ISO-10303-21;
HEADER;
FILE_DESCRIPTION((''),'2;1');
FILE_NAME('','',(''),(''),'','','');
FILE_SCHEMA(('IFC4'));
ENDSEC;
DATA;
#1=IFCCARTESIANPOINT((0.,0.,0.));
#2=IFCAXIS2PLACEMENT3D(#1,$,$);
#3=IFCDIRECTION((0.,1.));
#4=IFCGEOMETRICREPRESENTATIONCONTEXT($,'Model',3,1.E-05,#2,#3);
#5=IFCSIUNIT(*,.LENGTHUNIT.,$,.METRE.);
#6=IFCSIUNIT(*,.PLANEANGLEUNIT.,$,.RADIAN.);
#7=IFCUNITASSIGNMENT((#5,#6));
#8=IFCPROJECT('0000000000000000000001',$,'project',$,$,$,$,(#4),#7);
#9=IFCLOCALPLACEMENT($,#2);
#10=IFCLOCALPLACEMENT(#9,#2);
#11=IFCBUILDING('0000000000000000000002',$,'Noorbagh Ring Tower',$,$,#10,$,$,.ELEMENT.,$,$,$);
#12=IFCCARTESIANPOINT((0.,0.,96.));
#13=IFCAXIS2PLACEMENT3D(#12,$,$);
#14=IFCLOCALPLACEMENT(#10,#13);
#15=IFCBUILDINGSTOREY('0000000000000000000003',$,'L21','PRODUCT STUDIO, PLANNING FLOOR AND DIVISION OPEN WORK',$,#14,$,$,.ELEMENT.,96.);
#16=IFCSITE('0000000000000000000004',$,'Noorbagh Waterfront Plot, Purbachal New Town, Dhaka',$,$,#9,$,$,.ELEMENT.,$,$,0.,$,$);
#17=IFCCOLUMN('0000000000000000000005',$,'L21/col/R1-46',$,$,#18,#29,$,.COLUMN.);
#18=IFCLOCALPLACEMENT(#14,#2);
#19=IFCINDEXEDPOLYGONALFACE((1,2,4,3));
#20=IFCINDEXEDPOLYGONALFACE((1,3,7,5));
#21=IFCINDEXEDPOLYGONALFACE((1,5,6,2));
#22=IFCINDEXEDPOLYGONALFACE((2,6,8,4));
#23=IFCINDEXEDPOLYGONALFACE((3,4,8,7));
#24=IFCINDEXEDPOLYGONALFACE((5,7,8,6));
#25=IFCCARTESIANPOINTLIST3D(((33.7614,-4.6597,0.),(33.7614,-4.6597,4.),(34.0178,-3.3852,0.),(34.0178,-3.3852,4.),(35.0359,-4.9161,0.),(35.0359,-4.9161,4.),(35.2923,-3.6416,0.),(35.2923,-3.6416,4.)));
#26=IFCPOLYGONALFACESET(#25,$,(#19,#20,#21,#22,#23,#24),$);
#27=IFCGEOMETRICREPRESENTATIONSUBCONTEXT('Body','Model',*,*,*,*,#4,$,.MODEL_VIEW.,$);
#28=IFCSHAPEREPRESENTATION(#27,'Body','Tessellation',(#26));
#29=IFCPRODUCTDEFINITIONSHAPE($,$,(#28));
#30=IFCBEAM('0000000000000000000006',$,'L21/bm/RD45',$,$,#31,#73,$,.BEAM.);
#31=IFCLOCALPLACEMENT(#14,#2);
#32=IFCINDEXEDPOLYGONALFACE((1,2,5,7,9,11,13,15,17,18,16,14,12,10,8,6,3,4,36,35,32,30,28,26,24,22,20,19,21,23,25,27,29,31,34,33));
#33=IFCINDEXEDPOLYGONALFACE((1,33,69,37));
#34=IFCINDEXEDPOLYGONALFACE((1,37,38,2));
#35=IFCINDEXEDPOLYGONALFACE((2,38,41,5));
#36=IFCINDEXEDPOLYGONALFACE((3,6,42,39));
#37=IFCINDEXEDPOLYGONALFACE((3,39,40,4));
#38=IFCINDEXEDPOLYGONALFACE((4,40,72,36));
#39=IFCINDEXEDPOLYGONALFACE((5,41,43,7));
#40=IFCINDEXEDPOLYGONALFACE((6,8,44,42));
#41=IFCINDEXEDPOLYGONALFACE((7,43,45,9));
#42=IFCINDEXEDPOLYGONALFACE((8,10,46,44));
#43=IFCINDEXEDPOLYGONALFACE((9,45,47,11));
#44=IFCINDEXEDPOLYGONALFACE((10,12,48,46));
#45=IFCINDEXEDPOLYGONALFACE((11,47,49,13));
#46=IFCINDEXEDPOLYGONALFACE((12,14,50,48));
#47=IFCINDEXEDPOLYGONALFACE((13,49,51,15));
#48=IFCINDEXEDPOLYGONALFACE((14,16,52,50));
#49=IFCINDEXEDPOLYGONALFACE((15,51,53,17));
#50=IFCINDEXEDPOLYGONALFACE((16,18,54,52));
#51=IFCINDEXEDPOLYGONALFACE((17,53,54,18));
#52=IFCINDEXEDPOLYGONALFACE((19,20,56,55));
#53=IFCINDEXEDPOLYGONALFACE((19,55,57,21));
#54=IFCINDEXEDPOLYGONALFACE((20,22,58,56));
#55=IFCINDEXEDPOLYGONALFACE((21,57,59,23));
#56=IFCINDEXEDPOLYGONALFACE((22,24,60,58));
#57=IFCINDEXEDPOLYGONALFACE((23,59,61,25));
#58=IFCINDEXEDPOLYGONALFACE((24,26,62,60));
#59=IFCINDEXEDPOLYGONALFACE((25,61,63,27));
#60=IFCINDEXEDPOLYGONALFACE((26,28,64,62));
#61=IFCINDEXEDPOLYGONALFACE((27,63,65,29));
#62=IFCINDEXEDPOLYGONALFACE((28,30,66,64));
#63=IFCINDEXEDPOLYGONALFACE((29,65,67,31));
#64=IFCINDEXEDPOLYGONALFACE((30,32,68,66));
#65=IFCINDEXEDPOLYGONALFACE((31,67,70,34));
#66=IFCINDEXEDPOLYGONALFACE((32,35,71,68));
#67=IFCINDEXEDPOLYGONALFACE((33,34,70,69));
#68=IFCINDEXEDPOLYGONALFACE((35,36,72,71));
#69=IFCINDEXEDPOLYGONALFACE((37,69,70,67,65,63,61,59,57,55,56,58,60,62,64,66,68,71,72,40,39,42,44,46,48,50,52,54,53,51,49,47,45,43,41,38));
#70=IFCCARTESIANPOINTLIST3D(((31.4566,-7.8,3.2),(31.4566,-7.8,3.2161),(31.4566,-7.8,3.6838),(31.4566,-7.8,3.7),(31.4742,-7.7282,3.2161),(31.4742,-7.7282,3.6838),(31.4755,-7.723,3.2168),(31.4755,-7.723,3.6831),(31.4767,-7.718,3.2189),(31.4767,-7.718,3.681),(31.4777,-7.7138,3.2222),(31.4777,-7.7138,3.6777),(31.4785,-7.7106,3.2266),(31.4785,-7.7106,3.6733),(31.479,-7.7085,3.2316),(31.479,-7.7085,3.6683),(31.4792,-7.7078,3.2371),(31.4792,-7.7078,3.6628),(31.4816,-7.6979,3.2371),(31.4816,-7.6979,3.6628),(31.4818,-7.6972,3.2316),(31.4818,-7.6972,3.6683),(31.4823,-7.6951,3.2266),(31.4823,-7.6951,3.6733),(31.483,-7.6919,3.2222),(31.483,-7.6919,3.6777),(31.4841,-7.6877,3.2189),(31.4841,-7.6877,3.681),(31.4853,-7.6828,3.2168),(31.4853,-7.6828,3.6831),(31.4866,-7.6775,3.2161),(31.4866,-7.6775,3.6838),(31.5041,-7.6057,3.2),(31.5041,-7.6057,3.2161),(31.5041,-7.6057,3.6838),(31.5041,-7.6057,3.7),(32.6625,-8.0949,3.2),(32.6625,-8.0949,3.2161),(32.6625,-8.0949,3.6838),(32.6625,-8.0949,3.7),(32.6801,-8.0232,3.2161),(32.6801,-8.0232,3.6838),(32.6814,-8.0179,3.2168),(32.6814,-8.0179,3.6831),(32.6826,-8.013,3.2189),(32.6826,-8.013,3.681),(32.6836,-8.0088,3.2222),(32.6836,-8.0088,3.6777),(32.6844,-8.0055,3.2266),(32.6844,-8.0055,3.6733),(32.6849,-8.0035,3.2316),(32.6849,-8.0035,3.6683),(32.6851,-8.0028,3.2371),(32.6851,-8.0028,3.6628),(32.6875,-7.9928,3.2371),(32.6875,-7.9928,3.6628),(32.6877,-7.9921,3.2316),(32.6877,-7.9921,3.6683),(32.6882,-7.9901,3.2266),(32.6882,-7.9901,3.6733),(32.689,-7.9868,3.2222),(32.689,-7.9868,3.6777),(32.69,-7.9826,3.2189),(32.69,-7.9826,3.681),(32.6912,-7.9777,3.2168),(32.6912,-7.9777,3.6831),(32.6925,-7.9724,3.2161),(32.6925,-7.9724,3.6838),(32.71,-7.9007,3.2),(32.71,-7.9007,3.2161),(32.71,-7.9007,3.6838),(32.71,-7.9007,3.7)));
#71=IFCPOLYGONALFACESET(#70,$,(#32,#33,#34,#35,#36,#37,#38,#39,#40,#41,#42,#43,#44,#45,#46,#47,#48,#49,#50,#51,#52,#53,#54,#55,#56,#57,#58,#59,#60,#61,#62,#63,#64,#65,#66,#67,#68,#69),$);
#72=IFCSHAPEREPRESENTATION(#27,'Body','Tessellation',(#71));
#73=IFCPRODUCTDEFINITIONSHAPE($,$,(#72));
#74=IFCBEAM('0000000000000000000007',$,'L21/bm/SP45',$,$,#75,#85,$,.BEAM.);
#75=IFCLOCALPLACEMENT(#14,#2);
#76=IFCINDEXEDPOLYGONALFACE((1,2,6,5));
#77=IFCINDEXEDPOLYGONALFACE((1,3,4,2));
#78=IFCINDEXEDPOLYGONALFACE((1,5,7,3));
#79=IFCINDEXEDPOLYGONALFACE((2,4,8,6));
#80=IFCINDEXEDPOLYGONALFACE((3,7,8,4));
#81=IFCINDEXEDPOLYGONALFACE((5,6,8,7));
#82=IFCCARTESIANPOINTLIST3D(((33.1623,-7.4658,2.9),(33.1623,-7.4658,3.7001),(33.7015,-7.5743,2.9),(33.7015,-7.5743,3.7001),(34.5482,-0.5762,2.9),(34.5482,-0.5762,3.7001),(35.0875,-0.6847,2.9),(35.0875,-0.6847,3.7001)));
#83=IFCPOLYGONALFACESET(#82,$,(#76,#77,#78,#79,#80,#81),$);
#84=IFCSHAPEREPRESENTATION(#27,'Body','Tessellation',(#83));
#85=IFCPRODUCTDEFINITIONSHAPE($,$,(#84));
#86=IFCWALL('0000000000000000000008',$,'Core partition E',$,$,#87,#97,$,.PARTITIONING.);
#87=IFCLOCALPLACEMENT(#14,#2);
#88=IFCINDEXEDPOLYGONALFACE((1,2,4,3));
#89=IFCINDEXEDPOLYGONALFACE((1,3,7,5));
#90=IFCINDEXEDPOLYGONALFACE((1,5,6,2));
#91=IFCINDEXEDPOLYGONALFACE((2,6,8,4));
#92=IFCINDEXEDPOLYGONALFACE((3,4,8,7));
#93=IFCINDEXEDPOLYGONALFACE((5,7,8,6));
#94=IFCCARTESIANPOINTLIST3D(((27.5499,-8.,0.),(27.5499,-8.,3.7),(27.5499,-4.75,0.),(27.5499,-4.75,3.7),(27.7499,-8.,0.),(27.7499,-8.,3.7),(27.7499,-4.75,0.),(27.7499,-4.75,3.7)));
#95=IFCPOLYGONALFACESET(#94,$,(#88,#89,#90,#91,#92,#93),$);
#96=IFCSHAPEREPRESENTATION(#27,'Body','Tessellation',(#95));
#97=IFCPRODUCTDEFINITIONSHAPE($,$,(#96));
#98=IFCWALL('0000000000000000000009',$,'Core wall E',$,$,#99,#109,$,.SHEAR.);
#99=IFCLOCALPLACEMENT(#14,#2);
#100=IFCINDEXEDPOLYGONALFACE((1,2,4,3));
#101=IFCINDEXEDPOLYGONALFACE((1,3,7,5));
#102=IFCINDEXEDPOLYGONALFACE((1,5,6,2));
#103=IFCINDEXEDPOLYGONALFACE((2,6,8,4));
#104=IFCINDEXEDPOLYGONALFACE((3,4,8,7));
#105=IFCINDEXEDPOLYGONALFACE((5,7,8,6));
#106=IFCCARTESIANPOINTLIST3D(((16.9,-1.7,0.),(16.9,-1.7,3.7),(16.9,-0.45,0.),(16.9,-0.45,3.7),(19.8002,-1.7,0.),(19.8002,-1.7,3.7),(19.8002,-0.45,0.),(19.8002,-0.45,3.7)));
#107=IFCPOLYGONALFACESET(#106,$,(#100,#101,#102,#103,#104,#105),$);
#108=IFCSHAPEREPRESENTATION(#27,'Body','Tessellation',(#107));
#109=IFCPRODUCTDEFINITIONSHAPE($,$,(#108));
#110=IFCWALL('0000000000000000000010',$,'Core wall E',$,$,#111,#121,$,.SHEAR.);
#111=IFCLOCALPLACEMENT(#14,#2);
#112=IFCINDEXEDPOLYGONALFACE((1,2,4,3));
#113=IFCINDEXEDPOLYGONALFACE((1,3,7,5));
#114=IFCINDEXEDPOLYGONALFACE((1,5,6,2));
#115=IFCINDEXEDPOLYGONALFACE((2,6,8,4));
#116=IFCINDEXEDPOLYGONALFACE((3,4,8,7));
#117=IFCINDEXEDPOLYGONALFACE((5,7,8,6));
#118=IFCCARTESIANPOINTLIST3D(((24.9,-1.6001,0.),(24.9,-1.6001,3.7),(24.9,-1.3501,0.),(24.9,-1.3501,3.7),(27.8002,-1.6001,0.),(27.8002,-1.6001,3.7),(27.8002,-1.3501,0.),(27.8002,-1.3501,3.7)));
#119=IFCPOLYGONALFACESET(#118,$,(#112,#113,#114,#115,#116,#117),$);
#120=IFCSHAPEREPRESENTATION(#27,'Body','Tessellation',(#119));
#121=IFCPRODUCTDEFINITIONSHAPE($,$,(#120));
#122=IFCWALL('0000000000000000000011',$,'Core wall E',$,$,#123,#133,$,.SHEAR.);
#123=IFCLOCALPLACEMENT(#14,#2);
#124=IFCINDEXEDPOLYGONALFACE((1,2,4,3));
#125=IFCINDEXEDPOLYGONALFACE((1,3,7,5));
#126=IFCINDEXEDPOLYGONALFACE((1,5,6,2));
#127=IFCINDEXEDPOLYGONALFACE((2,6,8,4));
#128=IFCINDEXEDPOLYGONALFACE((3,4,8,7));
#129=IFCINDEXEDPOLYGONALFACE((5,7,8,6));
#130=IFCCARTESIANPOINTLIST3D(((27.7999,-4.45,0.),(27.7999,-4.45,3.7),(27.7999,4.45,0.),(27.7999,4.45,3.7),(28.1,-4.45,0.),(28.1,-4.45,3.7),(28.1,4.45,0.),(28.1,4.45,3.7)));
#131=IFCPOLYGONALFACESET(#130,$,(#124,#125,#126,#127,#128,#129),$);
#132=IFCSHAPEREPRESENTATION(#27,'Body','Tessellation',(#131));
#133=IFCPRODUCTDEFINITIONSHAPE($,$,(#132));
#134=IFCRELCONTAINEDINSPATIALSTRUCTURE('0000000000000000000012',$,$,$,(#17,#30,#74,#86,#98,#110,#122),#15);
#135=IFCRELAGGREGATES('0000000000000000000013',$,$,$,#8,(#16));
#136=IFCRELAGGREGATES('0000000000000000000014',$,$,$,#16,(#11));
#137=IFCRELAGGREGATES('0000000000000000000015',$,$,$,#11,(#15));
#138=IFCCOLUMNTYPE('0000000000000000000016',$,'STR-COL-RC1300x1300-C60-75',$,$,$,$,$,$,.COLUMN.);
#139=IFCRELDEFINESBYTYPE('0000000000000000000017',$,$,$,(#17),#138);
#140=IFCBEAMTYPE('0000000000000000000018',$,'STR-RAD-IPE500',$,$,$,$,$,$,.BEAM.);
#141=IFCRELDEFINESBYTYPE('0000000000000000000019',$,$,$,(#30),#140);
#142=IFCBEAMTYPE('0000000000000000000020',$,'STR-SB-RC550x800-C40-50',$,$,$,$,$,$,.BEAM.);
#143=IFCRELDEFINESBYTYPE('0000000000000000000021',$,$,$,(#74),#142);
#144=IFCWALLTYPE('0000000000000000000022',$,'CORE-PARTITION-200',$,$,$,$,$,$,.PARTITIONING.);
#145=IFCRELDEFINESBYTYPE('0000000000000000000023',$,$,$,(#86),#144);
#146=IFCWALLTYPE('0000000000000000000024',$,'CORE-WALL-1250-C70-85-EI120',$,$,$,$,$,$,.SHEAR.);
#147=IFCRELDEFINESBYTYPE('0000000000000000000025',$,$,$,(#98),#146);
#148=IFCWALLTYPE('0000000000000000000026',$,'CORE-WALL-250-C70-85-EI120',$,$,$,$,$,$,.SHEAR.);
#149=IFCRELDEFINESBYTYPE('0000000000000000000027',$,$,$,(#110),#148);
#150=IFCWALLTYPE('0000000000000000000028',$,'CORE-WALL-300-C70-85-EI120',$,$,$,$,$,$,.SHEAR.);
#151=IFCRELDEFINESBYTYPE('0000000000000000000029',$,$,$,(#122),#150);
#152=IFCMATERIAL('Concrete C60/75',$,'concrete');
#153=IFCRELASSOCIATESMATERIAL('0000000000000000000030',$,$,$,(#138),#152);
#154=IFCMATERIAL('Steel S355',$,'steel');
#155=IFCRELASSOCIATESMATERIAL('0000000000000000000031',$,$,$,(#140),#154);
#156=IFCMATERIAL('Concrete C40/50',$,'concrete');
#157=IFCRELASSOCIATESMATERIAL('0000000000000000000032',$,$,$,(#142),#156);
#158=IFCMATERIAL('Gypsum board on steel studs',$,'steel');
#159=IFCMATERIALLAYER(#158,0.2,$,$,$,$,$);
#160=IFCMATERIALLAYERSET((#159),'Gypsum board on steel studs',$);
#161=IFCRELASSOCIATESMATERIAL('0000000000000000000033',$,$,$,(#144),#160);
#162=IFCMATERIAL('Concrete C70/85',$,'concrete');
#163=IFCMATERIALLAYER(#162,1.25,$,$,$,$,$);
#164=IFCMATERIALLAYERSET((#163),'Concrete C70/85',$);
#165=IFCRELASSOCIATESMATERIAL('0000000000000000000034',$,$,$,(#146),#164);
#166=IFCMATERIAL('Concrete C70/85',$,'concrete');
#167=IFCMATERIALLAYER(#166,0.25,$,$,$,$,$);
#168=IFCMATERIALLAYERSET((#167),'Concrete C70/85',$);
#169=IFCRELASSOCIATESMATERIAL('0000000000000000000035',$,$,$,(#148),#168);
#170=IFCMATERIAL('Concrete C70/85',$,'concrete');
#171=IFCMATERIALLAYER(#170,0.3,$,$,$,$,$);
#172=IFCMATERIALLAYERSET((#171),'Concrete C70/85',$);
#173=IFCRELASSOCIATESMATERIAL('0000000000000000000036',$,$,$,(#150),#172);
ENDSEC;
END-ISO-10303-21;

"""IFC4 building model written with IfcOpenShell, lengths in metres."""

from ifc_helpers import new_model, si_unit, direction, frame, frame_2d, origin, origin_2d, place, context, subcontext, project, spatial, rectangle, i_section, extrude, material, layer, layer_set, material_profile, profile_set, type_object, element, save


model = new_model("IFC4")

# Units and contexts
model_context = context("Model", 3, precision=1e-05, world=origin(), true_north=direction((0.0, 1.0)))
body_context = subcontext(model_context, "Body", "Model", "MODEL_VIEW")
ifc_project = project(units=[si_unit("LENGTHUNIT", "METRE"), si_unit("PLANEANGLEUNIT", "RADIAN")], contexts=[model_context])

# Site, building, storey
site_placement = place(None, origin())
site = spatial("IfcSite", under=ifc_project, at=site_placement, Name="Noorbagh Waterfront Plot, Purbachal New Town, Dhaka", CompositionType="ELEMENT", RefElevation=0.0)
building_placement = place(site_placement, origin())
building = spatial("IfcBuilding", under=site, at=building_placement, Name="Noorbagh Ring Tower", CompositionType="ELEMENT")
storey_placement = place(building_placement, frame((0.0, 0.0, 96.0)))
storey = spatial("IfcBuildingStorey", under=building, at=storey_placement, Name="L21", Description="PRODUCT STUDIO, PLANNING FLOOR AND DIVISION OPEN WORK", CompositionType="ELEMENT", Elevation=96.0)

# Column
ifc_material_1 = material(Name="Concrete C60/75", Category="concrete")
ifc_material_profile_1 = material_profile(ifc_material_1, rectangle(XDim=1.3, YDim=1.3, at=origin_2d()), Name="RC1300x1300")
ifc_profile_set_1 = profile_set([ifc_material_profile_1], Name="Concrete C60/75")
column_type = type_object("IfcColumnType", Name="STR-COL-RC1300x1300-C60-75", PredefinedType="COLUMN", material=ifc_profile_set_1)
column_placement = place(storey_placement, frame((34.5269, -4.1506, 0.0), z_axis=(0.0, 0.0, 1.0), x_axis=(0.19723, 0.980357, 0.0)))
element("IfcColumn", 1, at=column_placement, inside=storey, type_object=column_type, Name="L21/col/R1-46", PredefinedType="COLUMN", context=body_context, shape_type="SweptSolid", body=[
    extrude(rectangle(XDim=1.3, YDim=1.3, at=origin_2d()), origin(), (0.0, 0.0, 1.0), 4.0),
])

# Beams
ifc_material_2 = material(Name="Steel S355", Category="steel")
ifc_material_profile_2 = material_profile(ifc_material_2, i_section(OverallWidth=0.2, OverallDepth=0.5, WebThickness=0.0103, FlangeThickness=0.0161, FilletRadius=0.021, at=origin_2d()), Name="IPE500")
ifc_profile_set_2 = profile_set([ifc_material_profile_2], Name="Steel S355")
beam_type_1 = type_object("IfcBeamType", Name="STR-RAD-IPE500", PredefinedType="BEAM", material=ifc_profile_set_2)
beam_1_placement = place(storey_placement, frame((32.6863, -7.9978, 3.45), z_axis=(-0.971368, 0.237581, 0.0), x_axis=(-0.237581, -0.971368, 0.0)))
element("IfcBeam", 2, at=beam_1_placement, inside=storey, type_object=beam_type_1, Name="L21/bm/RD45", PredefinedType="BEAM", context=body_context, shape_type="SweptSolid", body=[
    extrude(i_section(OverallWidth=0.2, OverallDepth=0.5, WebThickness=0.0103, FlangeThickness=0.0161, FilletRadius=0.021, at=origin_2d()), origin(), (0.0, 0.0, 1.0), 1.2415),
])
ifc_material_3 = material(Name="Concrete C40/50", Category="concrete")
ifc_material_profile_3 = material_profile(ifc_material_3, rectangle(XDim=0.55, YDim=0.8, at=origin_2d()), Name="RC550x800")
ifc_profile_set_3 = profile_set([ifc_material_profile_3], Name="Concrete C40/50")
beam_type_2 = type_object("IfcBeamType", Name="STR-SB-RC550x800-C40-50", PredefinedType="BEAM", material=ifc_profile_set_3)
beam_2_placement = place(storey_placement, frame((33.4319, -7.52, 3.3), z_axis=(0.197218, 0.98036, 0.0), x_axis=(-0.98036, 0.197218, 0.0)))
element("IfcBeam", 3, at=beam_2_placement, inside=storey, type_object=beam_type_2, Name="L21/bm/SP45", PredefinedType="BEAM", context=body_context, shape_type="SweptSolid", body=[
    extrude(rectangle(XDim=0.55, YDim=0.8, at=origin_2d()), origin(), (0.0, 0.0, 1.0), 7.0276),
])

# Walls
ifc_material_4 = material(Name="Gypsum board on steel studs", Category="steel")
ifc_layer_1 = layer(ifc_material_4, 0.2)
ifc_layer_set_1 = layer_set([ifc_layer_1], Name="Gypsum board on steel studs")
wall_type_1 = type_object("IfcWallType", Name="CORE-PARTITION-200", PredefinedType="PARTITIONING", material=ifc_layer_set_1)
wall_1_placement = place(storey_placement, frame((27.6499, -8.0, 0.0), z_axis=(0.0, 0.0, 1.0), x_axis=(0.0, 1.0, 0.0)))
element("IfcWall", 4, at=wall_1_placement, inside=storey, type_object=wall_type_1, Name="Core partition E", PredefinedType="PARTITIONING", context=body_context, shape_type="SweptSolid", body=[
    extrude(rectangle(XDim=3.25, YDim=0.2, at=frame_2d((1.625, 0.0))), origin(), (0.0, 0.0, 1.0), 3.7),
])
ifc_material_5 = material(Name="Concrete C70/85", Category="concrete")
ifc_layer_2 = layer(ifc_material_5, 1.25)
ifc_layer_set_2 = layer_set([ifc_layer_2], Name="Concrete C70/85")
wall_type_2 = type_object("IfcWallType", Name="CORE-WALL-1250-C70-85-EI120", PredefinedType="SHEAR", material=ifc_layer_set_2)
wall_2_placement = place(storey_placement, frame((16.8999, -1.075, 0.0), z_axis=(0.0, 0.0, 1.0), x_axis=(1.0, 0.0, 0.0)))
element("IfcWall", 5, at=wall_2_placement, inside=storey, type_object=wall_type_2, Name="Core wall E", PredefinedType="SHEAR", context=body_context, shape_type="SweptSolid", body=[
    extrude(rectangle(XDim=2.9001, YDim=1.25, at=frame_2d((1.4502, 0.0))), origin(), (0.0, 0.0, 1.0), 3.7),
])
ifc_material_6 = material(Name="Concrete C70/85", Category="concrete")
ifc_layer_3 = layer(ifc_material_6, 0.25)
ifc_layer_set_3 = layer_set([ifc_layer_3], Name="Concrete C70/85")
wall_type_3 = type_object("IfcWallType", Name="CORE-WALL-250-C70-85-EI120", PredefinedType="SHEAR", material=ifc_layer_set_3)
wall_3_placement = place(storey_placement, frame((24.8999, -1.4751, 0.0), z_axis=(0.0, 0.0, 1.0), x_axis=(1.0, 0.0, 0.0)))
element("IfcWall", 6, at=wall_3_placement, inside=storey, type_object=wall_type_3, Name="Core wall E", PredefinedType="SHEAR", context=body_context, shape_type="SweptSolid", body=[
    extrude(rectangle(XDim=2.9001, YDim=0.25, at=frame_2d((1.4502, 0.0))), origin(), (0.0, 0.0, 1.0), 3.7),
])
ifc_material_7 = material(Name="Concrete C70/85", Category="concrete")
ifc_layer_4 = layer(ifc_material_7, 0.3)
ifc_layer_set_4 = layer_set([ifc_layer_4], Name="Concrete C70/85")
wall_type_4 = type_object("IfcWallType", Name="CORE-WALL-300-C70-85-EI120", PredefinedType="SHEAR", material=ifc_layer_set_4)
wall_4_placement = place(storey_placement, frame((27.95, -4.45, 0.0), z_axis=(0.0, 0.0, 1.0), x_axis=(0.0, 1.0, 0.0)))
element("IfcWall", 7, at=wall_4_placement, inside=storey, type_object=wall_type_4, Name="Core wall E", PredefinedType="SHEAR", context=body_context, shape_type="SweptSolid", body=[
    extrude(rectangle(XDim=8.8999, YDim=0.3, at=frame_2d((4.45, 0.0))), origin(), (0.0, 0.0, 1.0), 3.7),
])

save(model, "model.ifc")
